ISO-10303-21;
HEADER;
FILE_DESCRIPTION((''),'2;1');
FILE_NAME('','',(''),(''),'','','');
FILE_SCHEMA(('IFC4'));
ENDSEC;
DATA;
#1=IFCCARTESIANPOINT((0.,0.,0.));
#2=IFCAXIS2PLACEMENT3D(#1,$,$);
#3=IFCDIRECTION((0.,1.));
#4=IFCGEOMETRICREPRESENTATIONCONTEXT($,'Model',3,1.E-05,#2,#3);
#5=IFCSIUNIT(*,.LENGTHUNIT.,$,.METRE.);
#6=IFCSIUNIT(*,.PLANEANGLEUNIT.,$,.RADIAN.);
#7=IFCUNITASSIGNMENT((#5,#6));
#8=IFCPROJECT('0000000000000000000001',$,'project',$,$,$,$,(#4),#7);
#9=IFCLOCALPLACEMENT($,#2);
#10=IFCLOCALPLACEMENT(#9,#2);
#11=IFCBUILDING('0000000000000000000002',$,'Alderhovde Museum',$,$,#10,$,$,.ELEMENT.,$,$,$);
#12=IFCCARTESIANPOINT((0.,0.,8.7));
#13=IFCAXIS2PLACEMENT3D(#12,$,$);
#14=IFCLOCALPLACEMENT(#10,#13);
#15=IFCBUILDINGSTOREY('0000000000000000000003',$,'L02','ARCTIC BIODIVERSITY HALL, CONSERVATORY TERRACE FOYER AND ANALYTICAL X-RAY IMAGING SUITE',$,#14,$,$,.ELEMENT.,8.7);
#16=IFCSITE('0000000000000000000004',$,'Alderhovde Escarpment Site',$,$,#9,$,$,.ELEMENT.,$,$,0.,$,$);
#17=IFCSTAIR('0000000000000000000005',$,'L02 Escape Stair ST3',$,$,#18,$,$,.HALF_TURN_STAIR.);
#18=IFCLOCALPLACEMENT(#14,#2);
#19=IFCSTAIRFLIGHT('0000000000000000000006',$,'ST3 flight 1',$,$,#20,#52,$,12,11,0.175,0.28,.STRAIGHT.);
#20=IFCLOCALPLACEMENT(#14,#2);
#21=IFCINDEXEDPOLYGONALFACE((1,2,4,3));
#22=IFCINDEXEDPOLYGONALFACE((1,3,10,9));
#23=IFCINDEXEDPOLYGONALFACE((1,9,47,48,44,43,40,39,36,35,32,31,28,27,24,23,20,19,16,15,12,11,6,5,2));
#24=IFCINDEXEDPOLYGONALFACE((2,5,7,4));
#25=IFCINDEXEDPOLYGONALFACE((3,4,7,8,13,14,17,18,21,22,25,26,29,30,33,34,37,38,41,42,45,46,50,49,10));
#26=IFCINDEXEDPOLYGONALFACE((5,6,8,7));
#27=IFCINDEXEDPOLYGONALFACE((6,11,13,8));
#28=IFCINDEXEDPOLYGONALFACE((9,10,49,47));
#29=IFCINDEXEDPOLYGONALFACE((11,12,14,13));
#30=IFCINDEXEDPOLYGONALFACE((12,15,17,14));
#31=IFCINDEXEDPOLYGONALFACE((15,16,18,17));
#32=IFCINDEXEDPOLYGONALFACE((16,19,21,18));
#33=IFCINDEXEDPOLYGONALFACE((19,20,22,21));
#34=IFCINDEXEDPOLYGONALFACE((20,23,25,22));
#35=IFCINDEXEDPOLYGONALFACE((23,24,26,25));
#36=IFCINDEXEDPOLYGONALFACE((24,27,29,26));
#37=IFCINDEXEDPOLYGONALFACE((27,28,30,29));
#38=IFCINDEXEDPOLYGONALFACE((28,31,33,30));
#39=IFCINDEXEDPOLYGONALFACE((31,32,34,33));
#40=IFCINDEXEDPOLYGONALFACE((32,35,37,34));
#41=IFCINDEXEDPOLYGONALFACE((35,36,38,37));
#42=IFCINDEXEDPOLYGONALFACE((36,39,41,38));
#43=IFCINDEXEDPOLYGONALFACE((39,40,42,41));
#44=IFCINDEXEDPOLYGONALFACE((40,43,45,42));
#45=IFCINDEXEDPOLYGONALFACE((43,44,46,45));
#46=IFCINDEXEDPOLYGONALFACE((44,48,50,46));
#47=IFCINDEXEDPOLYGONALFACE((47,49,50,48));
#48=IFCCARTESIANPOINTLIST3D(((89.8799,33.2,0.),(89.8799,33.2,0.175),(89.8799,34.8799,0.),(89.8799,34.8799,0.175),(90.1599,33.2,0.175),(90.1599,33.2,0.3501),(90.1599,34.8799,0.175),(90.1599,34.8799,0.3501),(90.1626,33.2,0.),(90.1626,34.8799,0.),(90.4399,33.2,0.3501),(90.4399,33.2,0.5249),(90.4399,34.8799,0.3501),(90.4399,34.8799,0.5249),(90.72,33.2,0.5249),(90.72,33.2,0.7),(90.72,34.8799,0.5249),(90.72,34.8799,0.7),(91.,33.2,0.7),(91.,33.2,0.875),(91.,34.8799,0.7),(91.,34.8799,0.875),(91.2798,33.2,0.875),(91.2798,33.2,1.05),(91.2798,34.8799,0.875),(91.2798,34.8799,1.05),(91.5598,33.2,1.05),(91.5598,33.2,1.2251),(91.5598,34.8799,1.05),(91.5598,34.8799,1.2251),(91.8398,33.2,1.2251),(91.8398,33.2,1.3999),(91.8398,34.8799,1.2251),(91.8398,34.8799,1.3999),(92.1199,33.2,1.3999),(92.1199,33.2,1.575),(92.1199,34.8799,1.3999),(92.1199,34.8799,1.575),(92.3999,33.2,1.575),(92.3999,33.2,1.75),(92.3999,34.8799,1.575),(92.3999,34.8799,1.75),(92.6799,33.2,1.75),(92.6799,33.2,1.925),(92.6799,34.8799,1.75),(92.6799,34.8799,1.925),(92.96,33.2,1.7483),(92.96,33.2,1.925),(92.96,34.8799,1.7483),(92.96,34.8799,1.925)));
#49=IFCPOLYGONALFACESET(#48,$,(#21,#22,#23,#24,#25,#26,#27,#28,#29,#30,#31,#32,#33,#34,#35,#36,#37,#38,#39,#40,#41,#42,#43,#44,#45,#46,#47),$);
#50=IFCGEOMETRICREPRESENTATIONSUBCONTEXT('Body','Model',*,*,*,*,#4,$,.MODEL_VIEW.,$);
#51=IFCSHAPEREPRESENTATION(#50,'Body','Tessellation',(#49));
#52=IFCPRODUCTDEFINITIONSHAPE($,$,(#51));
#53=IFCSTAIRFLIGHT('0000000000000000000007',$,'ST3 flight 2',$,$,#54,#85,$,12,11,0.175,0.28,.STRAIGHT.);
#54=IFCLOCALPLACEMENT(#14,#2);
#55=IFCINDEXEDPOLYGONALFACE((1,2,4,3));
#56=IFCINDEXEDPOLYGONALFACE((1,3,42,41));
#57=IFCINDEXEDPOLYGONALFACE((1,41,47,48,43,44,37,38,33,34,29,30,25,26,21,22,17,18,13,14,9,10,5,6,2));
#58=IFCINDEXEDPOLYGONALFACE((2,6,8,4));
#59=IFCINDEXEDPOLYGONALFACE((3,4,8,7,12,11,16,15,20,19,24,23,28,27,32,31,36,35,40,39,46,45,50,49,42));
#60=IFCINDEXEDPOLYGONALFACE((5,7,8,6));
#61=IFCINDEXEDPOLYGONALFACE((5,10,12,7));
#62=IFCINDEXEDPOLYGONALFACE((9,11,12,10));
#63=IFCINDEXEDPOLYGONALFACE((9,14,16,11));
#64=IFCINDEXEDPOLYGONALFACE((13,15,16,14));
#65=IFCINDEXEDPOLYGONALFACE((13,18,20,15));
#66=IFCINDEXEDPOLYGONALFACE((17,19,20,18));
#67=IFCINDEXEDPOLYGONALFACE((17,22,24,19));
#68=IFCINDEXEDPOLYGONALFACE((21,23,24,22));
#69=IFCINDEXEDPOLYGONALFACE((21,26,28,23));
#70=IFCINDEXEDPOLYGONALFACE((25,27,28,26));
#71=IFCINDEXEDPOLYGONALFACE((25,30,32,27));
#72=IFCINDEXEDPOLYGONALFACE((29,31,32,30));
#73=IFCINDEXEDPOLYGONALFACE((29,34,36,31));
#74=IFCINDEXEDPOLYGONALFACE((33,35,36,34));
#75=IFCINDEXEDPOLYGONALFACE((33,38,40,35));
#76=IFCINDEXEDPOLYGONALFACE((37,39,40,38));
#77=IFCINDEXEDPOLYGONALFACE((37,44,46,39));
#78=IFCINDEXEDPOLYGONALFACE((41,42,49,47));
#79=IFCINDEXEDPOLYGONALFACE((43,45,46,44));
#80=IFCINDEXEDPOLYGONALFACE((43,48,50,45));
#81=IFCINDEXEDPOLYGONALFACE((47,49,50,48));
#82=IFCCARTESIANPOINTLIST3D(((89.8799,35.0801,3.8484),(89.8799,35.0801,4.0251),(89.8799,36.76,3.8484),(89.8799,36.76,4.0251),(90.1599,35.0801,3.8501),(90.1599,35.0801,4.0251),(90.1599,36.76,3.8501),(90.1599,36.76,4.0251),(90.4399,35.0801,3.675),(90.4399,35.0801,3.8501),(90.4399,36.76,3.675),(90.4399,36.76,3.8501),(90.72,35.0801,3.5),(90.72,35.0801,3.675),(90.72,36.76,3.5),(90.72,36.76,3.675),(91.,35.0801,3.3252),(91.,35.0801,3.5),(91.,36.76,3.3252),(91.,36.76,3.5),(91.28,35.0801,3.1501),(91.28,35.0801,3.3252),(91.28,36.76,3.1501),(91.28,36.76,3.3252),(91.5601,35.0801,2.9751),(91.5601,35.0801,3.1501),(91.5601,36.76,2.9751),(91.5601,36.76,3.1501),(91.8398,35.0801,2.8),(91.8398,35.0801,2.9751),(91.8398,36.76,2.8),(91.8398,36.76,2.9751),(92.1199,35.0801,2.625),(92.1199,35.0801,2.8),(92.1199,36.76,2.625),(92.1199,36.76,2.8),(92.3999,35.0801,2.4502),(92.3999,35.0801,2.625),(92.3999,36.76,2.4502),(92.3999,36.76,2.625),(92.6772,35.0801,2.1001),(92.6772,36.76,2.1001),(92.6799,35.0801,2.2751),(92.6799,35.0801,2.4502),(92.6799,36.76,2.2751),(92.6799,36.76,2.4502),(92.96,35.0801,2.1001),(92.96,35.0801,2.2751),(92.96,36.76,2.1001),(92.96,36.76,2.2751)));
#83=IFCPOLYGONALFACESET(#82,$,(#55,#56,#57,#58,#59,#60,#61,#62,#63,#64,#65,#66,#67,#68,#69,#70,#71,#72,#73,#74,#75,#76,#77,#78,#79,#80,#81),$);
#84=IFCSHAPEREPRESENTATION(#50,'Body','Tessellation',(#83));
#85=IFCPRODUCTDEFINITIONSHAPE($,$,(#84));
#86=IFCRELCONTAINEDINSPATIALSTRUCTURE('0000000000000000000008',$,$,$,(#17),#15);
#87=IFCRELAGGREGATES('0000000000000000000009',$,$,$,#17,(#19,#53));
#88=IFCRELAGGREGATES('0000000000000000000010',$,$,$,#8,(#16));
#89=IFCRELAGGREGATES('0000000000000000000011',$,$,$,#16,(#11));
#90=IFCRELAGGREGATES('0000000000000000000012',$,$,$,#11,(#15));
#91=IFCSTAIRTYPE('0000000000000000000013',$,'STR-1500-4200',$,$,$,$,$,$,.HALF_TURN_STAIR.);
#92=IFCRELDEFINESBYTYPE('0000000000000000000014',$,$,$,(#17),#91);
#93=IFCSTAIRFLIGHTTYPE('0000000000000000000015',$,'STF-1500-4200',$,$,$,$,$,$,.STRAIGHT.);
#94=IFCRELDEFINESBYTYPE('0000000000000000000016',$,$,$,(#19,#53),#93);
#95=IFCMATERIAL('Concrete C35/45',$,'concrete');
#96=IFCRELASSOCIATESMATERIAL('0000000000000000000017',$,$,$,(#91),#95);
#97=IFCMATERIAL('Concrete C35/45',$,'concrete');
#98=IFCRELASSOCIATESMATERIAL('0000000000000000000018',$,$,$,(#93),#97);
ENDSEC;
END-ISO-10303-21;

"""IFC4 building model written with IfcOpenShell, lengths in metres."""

from ifc_helpers import new_model, si_unit, direction, frame, origin, place, context, subcontext, project, spatial, polyline, outline, extrude, material, type_object, element, aggregate, save


model = new_model("IFC4")

# Units and contexts
model_context = context("Model", 3, precision=1e-05, world=origin(), true_north=direction((0.0, 1.0)))
body_context = subcontext(model_context, "Body", "Model", "MODEL_VIEW")
ifc_project = project(units=[si_unit("LENGTHUNIT", "METRE"), si_unit("PLANEANGLEUNIT", "RADIAN")], contexts=[model_context])

# Site, building, storey
site_placement = place(None, origin())
site = spatial("IfcSite", under=ifc_project, at=site_placement, Name="Alderhovde Escarpment Site", CompositionType="ELEMENT", RefElevation=0.0)
building_placement = place(site_placement, origin())
building = spatial("IfcBuilding", under=site, at=building_placement, Name="Alderhovde Museum", CompositionType="ELEMENT")
storey_placement = place(building_placement, frame((0.0, 0.0, 8.7)))
storey = spatial("IfcBuildingStorey", under=building, at=storey_placement, Name="L02", Description="ARCTIC BIODIVERSITY HALL, CONSERVATORY TERRACE FOYER AND ANALYTICAL X-RAY IMAGING SUITE", CompositionType="ELEMENT", Elevation=8.7)

# Stair, stair flights
ifc_material_1 = material(Name="Concrete C35/45", Category="concrete")
stair_type = type_object("IfcStairType", Name="STR-1500-4200", PredefinedType="HALF_TURN_STAIR", material=ifc_material_1)
stair_placement = place(storey_placement, origin())
stair = element("IfcStair", 1, at=stair_placement, inside=storey, type_object=stair_type, Name="L02 Escape Stair ST3", PredefinedType="HALF_TURN_STAIR")
ifc_material_2 = material(Name="Concrete C35/45", Category="concrete")
stair_flight_type = type_object("IfcStairFlightType", Name="STF-1500-4200", PredefinedType="STRAIGHT", material=ifc_material_2)
stair_flight_1_placement = place(storey_placement, frame((89.8799, 34.04, 0.0), z_axis=(0.0, 0.0, 1.0), x_axis=(1.0, 0.0, 0.0)))
stair_flight_1 = element("IfcStairFlight", 2, at=stair_flight_1_placement, type_object=stair_flight_type, Name="ST3 flight 1", NumberOfRisers=12, NumberOfTreads=11, PredefinedType="STRAIGHT", RiserHeight=0.175, TreadLength=0.28, context=body_context, shape_type="SweptSolid", body=[
    extrude(outline(polyline([(0.0, 0.0), (0.0, 0.175), (0.28, 0.175), (0.28, 0.3501), (0.5601, 0.3501), (0.5601, 0.5249), (0.8401, 0.5249), (0.8401, 0.7), (1.1201, 0.7), (1.1201, 0.875), (1.3999, 0.875), (1.3999, 1.05), (1.6799, 1.05), (1.6799, 1.2251), (1.96, 1.2251), (1.96, 1.3999), (2.24, 1.3999), (2.24, 1.575), (2.52, 1.575), (2.52, 1.75), (2.8, 1.75), (2.8, 1.925), (3.0801, 1.925), (3.0801, 2.1001), (3.0801, 1.7483), (0.2827, 0.0), (0.0, 0.0)])), frame((0.0, 0.8398, 0.0), z_axis=(0.0, -1.0, 0.0), x_axis=(1.0, 0.0, 0.0)), (0.0, 0.0, 1.0), 1.6799),
])
stair_flight_2_placement = place(storey_placement, frame((92.96, 35.9199, 2.1001), z_axis=(0.0, 0.0, 1.0), x_axis=(-1.0, 0.0, 0.0)))
stair_flight_2 = element("IfcStairFlight", 3, at=stair_flight_2_placement, type_object=stair_flight_type, Name="ST3 flight 2", NumberOfRisers=12, NumberOfTreads=11, PredefinedType="STRAIGHT", RiserHeight=0.175, TreadLength=0.28, context=body_context, shape_type="SweptSolid", body=[
    extrude(outline(polyline([(0.0, 0.0), (0.0, 0.175), (0.28, 0.175), (0.28, 0.3501), (0.5601, 0.3501), (0.5601, 0.5249), (0.8401, 0.5249), (0.8401, 0.7), (1.1201, 0.7), (1.1201, 0.875), (1.3999, 0.875), (1.3999, 1.05), (1.6799, 1.05), (1.6799, 1.2251), (1.96, 1.2251), (1.96, 1.3999), (2.24, 1.3999), (2.24, 1.575), (2.52, 1.575), (2.52, 1.75), (2.8, 1.75), (2.8, 1.925), (3.0801, 1.925), (3.0801, 2.1001), (3.0801, 1.7483), (0.2827, 0.0), (0.0, 0.0)])), frame((0.0, 0.8398, 0.0), z_axis=(0.0, -1.0, 0.0), x_axis=(1.0, 0.0, 0.0)), (0.0, 0.0, 1.0), 1.6799),
])
aggregate(stair, [stair_flight_1, stair_flight_2])

save(model, "model.ifc")
